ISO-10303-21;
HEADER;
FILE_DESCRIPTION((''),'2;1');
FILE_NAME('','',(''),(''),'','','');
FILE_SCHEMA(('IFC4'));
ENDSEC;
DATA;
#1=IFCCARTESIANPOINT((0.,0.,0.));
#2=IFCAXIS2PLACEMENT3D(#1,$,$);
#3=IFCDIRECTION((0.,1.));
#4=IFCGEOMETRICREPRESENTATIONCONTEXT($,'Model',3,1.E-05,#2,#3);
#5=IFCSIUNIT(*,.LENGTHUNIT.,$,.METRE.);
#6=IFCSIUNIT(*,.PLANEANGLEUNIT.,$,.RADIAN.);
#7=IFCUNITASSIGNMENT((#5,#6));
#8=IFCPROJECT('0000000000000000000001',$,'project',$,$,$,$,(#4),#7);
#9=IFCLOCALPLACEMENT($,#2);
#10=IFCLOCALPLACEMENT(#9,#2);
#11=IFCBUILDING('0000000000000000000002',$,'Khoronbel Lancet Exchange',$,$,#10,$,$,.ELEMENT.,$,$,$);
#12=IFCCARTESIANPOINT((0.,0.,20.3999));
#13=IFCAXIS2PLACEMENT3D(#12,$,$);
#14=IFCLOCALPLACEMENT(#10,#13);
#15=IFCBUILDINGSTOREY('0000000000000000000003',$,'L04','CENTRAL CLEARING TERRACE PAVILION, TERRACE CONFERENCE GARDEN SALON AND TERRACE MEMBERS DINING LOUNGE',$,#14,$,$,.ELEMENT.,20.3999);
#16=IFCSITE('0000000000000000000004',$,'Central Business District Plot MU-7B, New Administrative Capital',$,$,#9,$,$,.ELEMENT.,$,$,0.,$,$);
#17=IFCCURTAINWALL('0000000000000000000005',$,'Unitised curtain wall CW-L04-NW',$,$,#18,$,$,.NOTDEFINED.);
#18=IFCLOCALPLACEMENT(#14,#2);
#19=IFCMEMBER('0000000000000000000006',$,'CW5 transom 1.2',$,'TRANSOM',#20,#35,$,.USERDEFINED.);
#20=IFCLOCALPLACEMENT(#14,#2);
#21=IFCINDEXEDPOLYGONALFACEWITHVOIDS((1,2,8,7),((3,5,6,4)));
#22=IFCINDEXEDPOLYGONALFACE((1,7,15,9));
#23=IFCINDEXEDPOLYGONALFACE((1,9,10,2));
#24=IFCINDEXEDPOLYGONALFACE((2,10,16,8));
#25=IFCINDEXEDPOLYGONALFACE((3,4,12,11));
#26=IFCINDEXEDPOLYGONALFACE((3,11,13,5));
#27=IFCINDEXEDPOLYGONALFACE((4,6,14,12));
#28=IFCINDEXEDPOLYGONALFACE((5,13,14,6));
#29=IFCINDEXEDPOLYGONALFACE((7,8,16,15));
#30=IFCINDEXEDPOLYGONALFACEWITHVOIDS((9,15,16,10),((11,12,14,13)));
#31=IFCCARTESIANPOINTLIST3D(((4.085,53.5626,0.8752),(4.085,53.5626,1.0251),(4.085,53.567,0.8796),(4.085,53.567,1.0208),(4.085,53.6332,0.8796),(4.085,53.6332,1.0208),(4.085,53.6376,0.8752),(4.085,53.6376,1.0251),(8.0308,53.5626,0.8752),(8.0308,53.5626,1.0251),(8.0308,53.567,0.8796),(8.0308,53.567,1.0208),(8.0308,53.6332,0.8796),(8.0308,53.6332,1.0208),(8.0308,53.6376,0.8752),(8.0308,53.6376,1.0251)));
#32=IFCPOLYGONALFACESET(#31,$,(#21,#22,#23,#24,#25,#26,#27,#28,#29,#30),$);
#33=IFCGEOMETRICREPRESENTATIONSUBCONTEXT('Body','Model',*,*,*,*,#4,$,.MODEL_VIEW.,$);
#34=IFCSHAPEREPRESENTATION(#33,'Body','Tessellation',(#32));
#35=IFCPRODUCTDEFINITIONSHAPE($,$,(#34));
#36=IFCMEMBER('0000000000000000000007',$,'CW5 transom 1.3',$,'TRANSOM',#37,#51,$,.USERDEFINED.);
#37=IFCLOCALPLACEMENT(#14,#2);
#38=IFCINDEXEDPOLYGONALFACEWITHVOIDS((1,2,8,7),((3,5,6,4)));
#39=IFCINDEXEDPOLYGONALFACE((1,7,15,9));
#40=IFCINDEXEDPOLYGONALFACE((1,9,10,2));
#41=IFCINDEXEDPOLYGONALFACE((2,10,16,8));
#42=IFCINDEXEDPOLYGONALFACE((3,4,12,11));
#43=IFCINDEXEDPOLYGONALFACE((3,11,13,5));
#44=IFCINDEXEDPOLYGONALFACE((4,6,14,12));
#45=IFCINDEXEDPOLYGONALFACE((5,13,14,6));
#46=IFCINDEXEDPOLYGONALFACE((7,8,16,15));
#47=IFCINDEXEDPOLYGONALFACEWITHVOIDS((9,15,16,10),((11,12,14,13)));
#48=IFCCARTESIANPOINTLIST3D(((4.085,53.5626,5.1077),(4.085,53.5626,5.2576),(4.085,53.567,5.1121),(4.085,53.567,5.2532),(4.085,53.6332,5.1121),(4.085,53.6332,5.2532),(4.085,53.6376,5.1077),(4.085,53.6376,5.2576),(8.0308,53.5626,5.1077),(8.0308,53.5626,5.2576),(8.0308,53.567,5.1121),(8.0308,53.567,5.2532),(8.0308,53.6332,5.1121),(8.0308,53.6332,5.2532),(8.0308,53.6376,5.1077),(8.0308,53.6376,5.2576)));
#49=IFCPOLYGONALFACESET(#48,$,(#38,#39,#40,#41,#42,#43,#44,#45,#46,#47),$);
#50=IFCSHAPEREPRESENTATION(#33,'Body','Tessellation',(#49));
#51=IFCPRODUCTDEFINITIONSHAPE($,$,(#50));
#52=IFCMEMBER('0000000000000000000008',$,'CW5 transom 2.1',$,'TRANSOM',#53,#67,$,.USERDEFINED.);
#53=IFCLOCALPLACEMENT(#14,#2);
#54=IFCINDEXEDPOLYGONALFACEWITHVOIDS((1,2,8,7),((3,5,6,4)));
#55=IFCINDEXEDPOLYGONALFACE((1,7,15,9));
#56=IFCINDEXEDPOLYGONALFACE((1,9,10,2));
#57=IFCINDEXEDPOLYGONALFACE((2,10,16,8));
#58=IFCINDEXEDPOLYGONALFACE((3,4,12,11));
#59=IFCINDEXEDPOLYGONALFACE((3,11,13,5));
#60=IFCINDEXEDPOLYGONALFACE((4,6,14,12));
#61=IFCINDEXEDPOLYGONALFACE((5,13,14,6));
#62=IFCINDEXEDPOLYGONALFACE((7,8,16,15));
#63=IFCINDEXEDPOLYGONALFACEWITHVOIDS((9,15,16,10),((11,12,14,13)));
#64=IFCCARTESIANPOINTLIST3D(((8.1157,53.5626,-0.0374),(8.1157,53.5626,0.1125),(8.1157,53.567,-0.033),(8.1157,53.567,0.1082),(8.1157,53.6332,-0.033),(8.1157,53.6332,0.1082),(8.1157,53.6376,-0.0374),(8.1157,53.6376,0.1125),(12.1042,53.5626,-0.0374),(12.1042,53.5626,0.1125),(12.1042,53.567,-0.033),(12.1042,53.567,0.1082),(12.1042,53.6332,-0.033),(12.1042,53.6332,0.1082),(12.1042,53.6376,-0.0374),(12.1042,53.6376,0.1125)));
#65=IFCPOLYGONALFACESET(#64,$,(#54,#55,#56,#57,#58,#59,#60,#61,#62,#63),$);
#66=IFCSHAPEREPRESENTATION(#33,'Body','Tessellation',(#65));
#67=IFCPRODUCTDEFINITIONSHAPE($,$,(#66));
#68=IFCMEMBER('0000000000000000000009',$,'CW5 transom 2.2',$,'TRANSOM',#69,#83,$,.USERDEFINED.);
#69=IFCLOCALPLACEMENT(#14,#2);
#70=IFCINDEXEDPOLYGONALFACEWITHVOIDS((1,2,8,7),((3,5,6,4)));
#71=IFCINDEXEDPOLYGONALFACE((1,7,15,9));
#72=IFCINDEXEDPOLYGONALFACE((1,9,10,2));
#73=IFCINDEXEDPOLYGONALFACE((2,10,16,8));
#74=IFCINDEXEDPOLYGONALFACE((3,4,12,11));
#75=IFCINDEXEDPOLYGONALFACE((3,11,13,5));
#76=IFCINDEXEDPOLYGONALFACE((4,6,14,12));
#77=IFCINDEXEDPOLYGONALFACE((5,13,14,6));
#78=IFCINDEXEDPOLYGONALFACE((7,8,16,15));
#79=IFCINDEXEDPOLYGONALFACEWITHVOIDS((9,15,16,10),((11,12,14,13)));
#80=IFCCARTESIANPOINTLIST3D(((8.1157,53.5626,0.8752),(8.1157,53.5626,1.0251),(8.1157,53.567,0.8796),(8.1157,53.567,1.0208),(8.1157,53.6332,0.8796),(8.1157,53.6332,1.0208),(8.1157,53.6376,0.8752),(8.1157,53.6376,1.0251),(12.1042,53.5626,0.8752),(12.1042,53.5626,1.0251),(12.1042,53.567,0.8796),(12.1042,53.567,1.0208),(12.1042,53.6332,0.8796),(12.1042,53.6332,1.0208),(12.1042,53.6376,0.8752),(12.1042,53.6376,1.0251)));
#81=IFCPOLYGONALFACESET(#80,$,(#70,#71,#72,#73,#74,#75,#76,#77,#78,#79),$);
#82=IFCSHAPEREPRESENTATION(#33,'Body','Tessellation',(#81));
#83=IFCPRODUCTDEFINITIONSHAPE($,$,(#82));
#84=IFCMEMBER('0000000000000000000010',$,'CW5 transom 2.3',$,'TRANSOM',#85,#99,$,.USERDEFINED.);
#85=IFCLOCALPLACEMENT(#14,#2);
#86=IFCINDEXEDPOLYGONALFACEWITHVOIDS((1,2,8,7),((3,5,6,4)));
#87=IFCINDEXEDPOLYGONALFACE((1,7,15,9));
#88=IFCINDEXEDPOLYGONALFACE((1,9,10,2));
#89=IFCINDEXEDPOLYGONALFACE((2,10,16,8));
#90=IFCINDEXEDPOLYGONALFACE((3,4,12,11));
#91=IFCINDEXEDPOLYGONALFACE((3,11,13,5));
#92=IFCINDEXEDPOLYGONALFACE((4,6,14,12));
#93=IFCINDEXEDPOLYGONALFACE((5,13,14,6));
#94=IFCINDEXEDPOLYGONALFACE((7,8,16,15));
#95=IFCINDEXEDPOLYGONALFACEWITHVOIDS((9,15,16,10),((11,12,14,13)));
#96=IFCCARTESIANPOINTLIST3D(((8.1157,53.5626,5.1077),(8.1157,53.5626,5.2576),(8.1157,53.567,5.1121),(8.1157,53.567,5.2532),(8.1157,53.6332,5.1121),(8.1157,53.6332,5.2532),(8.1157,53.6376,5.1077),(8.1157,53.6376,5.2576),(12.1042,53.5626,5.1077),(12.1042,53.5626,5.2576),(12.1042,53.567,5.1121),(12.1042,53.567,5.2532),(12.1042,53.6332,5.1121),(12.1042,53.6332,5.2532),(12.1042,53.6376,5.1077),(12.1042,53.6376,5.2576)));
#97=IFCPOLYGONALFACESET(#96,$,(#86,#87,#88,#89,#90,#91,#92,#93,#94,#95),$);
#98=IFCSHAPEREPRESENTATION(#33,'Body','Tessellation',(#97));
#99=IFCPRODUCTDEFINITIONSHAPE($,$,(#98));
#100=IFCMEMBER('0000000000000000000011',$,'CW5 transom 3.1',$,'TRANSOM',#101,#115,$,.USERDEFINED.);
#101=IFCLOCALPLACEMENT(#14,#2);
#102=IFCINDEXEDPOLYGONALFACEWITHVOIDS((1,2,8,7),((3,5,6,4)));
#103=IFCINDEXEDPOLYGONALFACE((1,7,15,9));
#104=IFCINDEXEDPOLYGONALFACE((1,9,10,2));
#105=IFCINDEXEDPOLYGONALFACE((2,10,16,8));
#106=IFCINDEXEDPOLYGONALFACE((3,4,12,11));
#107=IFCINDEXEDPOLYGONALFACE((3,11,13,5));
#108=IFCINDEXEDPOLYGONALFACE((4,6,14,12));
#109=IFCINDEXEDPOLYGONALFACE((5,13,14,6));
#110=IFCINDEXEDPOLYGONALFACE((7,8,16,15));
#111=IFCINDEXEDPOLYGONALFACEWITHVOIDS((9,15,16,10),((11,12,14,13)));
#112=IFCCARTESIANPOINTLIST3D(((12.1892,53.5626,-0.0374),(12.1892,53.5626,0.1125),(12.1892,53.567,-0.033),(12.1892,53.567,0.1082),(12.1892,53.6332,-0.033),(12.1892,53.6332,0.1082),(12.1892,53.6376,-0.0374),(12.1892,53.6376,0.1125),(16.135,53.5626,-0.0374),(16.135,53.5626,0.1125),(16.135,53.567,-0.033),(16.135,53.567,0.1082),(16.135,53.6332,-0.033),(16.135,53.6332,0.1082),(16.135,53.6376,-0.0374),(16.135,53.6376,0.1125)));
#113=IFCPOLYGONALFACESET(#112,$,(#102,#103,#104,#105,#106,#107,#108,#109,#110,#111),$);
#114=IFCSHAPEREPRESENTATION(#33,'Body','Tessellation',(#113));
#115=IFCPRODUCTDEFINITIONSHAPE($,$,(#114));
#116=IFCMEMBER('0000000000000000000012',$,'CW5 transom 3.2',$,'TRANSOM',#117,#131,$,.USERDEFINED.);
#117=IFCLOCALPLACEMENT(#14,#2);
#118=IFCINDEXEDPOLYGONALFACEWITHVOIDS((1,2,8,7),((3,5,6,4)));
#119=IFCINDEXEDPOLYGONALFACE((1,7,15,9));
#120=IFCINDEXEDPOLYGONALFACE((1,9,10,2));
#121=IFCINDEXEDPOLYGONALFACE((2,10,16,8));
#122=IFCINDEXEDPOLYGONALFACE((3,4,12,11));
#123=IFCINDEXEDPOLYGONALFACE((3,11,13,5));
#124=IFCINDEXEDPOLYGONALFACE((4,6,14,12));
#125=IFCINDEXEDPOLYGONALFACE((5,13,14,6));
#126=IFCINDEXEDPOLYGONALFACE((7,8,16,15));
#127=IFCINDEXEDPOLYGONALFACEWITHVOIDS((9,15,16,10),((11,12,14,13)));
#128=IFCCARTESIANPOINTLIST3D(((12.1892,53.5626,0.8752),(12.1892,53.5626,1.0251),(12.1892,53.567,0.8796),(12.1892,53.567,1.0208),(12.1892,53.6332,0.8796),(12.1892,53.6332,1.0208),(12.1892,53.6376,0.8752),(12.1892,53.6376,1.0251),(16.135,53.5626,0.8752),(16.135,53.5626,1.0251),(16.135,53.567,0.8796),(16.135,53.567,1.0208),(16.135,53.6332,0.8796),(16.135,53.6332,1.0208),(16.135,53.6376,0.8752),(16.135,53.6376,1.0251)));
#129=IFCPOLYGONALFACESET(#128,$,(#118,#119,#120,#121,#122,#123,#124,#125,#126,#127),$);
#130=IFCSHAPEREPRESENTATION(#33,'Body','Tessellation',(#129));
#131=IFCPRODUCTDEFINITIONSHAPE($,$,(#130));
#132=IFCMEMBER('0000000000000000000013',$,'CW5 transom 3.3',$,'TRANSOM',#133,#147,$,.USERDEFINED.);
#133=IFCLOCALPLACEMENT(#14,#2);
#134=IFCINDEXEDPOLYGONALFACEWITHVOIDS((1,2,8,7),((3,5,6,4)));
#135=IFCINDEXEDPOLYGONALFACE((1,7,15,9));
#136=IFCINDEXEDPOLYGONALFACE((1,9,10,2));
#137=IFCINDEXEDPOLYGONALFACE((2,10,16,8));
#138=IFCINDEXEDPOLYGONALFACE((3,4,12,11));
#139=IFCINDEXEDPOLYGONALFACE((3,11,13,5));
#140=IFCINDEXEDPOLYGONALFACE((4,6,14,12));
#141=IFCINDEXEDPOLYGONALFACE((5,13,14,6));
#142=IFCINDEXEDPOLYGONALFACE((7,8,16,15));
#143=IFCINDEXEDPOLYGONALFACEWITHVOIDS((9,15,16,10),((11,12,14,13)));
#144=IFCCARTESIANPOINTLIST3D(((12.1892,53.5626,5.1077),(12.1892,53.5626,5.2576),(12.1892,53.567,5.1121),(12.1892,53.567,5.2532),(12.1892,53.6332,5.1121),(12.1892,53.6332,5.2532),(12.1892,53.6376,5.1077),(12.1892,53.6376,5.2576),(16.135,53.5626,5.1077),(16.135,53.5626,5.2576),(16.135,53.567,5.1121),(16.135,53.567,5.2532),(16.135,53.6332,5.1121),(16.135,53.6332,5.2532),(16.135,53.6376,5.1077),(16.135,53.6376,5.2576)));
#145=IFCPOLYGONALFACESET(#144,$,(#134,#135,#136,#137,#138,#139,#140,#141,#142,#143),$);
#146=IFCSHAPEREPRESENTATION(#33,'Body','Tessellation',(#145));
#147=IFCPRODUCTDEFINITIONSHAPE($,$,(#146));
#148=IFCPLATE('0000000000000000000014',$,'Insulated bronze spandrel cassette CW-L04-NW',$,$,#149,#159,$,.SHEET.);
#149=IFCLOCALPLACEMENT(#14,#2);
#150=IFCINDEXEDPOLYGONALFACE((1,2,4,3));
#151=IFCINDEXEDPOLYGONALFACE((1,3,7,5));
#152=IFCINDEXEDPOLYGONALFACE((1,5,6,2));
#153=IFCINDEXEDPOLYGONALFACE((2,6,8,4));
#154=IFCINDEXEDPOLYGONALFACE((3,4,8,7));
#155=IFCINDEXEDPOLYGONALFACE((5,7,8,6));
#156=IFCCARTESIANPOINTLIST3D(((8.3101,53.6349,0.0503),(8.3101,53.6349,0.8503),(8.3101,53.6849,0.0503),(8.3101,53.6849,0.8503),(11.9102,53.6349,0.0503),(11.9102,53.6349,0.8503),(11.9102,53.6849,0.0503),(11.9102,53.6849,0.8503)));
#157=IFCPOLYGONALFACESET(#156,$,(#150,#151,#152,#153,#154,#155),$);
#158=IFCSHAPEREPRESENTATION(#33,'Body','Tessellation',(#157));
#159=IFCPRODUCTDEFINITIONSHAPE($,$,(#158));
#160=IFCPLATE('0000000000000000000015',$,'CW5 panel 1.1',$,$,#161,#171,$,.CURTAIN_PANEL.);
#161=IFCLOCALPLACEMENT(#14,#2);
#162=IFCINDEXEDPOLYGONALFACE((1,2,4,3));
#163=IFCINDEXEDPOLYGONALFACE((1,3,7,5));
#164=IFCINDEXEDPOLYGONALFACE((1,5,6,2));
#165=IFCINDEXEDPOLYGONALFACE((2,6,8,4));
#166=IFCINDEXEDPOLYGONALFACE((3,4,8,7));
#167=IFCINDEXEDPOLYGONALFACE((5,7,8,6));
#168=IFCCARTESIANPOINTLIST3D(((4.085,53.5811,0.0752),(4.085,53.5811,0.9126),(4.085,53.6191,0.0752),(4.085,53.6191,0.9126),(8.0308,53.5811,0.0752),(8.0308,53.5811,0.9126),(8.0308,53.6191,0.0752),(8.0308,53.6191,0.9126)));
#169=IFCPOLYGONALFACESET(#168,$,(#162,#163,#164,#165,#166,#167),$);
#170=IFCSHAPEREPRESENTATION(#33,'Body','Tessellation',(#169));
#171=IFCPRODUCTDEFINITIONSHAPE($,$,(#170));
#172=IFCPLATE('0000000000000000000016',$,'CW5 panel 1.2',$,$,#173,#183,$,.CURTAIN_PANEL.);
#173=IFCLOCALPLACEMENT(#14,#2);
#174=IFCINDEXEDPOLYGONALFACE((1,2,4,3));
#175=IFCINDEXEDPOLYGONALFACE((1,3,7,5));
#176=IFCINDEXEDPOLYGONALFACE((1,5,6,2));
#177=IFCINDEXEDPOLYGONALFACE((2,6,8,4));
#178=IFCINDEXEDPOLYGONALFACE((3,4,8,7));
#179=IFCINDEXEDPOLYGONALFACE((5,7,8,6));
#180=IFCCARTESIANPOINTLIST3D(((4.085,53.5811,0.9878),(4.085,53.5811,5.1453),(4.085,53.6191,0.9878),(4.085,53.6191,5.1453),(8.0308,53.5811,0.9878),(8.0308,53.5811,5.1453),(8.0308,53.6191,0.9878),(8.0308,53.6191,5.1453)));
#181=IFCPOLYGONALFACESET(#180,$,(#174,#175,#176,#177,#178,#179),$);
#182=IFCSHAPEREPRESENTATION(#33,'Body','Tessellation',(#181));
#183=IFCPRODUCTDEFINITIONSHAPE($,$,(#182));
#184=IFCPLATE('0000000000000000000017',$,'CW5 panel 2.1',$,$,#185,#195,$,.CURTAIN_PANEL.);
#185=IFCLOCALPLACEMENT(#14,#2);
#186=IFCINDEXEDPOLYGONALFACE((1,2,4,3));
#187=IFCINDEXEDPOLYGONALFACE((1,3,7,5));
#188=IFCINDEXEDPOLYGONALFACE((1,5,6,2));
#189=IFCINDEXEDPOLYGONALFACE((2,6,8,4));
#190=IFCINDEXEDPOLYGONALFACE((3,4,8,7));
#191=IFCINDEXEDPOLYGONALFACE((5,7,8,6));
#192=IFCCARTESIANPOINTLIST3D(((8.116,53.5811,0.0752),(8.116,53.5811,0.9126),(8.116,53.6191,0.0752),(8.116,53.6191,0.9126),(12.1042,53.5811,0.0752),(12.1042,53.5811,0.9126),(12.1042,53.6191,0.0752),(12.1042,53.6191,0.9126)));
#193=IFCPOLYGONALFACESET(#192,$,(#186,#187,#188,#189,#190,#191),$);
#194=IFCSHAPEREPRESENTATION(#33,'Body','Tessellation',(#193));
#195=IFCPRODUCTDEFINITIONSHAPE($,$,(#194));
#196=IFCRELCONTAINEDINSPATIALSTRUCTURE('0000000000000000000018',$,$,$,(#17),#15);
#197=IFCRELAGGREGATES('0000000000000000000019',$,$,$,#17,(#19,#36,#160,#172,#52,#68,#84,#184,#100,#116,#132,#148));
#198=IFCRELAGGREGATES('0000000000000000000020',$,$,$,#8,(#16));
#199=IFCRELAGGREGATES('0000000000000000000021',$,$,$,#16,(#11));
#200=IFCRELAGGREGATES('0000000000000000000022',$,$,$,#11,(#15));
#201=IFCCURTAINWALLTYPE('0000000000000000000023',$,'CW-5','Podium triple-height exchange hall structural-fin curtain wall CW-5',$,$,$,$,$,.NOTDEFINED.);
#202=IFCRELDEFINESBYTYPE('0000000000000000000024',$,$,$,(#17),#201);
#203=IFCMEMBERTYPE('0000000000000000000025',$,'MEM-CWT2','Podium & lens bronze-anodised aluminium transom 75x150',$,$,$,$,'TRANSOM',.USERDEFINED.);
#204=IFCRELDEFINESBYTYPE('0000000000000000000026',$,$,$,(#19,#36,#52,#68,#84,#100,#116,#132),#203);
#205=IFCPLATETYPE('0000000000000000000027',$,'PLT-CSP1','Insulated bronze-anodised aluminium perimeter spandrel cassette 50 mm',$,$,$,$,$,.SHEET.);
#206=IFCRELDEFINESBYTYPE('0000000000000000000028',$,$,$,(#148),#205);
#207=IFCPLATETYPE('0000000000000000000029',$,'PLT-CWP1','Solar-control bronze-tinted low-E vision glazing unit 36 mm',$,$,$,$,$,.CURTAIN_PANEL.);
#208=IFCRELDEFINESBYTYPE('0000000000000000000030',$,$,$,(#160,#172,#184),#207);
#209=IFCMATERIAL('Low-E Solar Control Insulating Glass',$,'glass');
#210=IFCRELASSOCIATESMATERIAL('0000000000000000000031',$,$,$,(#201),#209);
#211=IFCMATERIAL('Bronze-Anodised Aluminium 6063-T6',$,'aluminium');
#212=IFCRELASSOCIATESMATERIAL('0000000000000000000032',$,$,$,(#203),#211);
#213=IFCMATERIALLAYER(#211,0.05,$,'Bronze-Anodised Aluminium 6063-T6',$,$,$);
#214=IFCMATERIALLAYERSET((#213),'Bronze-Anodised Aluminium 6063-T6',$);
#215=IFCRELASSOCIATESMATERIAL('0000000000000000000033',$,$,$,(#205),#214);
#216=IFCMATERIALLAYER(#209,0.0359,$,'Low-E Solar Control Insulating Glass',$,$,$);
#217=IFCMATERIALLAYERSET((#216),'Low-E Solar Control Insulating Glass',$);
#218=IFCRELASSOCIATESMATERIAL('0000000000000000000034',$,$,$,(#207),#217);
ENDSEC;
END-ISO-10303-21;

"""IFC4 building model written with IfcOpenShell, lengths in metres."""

from ifc_helpers import new_model, si_unit, direction, frame, origin, origin_2d, place, context, subcontext, project, spatial, rectangle, hollow_rectangle, extrude, material, layer, layer_set, material_profile, profile_set, type_object, element, aggregate, save


model = new_model("IFC4")

# Units and contexts
model_context = context("Model", 3, precision=1e-05, world=origin(), true_north=direction((0.0, 1.0)))
body_context = subcontext(model_context, "Body", "Model", "MODEL_VIEW")
ifc_project = project(units=[si_unit("LENGTHUNIT", "METRE"), si_unit("PLANEANGLEUNIT", "RADIAN")], contexts=[model_context])

# Site, building, storey
site_placement = place(None, origin())
site = spatial("IfcSite", under=ifc_project, at=site_placement, Name="Central Business District Plot MU-7B, New Administrative Capital", CompositionType="ELEMENT", RefElevation=0.0)
building_placement = place(site_placement, origin())
building = spatial("IfcBuilding", under=site, at=building_placement, Name="Khoronbel Lancet Exchange", CompositionType="ELEMENT")
storey_placement = place(building_placement, frame((0.0, 0.0, 20.3999)))
storey = spatial("IfcBuildingStorey", under=building, at=storey_placement, Name="L04", Description="CENTRAL CLEARING TERRACE PAVILION, TERRACE CONFERENCE GARDEN SALON AND TERRACE MEMBERS DINING LOUNGE", CompositionType="ELEMENT", Elevation=20.3999)

# Curtain wall, members, plates
ifc_material_1 = material(Name="Low-E Solar Control Insulating Glass", Category="glass")
curtain_wall_type = type_object("IfcCurtainWallType", Name="CW-5", Description="Podium triple-height exchange hall structural-fin curtain wall CW-5", PredefinedType="NOTDEFINED", material=ifc_material_1)
curtain_wall_placement = place(storey_placement, origin())
curtain_wall = element("IfcCurtainWall", 1, at=curtain_wall_placement, inside=storey, type_object=curtain_wall_type, Name="Unitised curtain wall CW-L04-NW", PredefinedType="NOTDEFINED")
ifc_material_2 = material(Name="Bronze-Anodised Aluminium 6063-T6", Category="aluminium")
ifc_material_profile_1 = material_profile(ifc_material_2, hollow_rectangle(XDim=0.075, YDim=0.1499, WallThickness=0.0044, at=origin_2d()), Name="ALU TRANSOM 75x150")
ifc_profile_set_1 = profile_set([ifc_material_profile_1], Name="Bronze-Anodised Aluminium 6063-T6")
member_type_1 = type_object("IfcMemberType", Name="MEM-CWT2", Description="Podium & lens bronze-anodised aluminium transom 75x150", ElementType="TRANSOM", PredefinedType="USERDEFINED", material=ifc_profile_set_1)
member_1_placement = place(storey_placement, frame((4.085, 53.6001, 0.9502), z_axis=(1.0, 0.0, 0.0), x_axis=(0.0, 1.0, 0.0)))
member_1 = element("IfcMember", 2, at=member_1_placement, type_object=member_type_1, Name="CW5 transom 1.2", ObjectType="TRANSOM", PredefinedType="USERDEFINED", context=body_context, shape_type="SweptSolid", body=[
    extrude(hollow_rectangle(XDim=0.075, YDim=0.1499, WallThickness=0.0044, at=origin_2d()), origin(), (0.0, 0.0, 1.0), 3.9458),
])
member_2_placement = place(storey_placement, frame((4.085, 53.6001, 5.1826), z_axis=(1.0, 0.0, 0.0), x_axis=(0.0, 1.0, 0.0)))
member_2 = element("IfcMember", 3, at=member_2_placement, type_object=member_type_1, Name="CW5 transom 1.3", ObjectType="TRANSOM", PredefinedType="USERDEFINED", context=body_context, shape_type="SweptSolid", body=[
    extrude(hollow_rectangle(XDim=0.075, YDim=0.1499, WallThickness=0.0044, at=origin_2d()), origin(), (0.0, 0.0, 1.0), 3.9458),
])
member_3_placement = place(storey_placement, frame((8.1157, 53.6001, 0.0376), z_axis=(1.0, 0.0, 0.0), x_axis=(0.0, 1.0, 0.0)))
member_3 = element("IfcMember", 4, at=member_3_placement, type_object=member_type_1, Name="CW5 transom 2.1", ObjectType="TRANSOM", PredefinedType="USERDEFINED", context=body_context, shape_type="SweptSolid", body=[
    extrude(hollow_rectangle(XDim=0.075, YDim=0.1499, WallThickness=0.0044, at=origin_2d()), origin(), (0.0, 0.0, 1.0), 3.9885),
])
member_4_placement = place(storey_placement, frame((8.1157, 53.6001, 0.9502), z_axis=(1.0, 0.0, 0.0), x_axis=(0.0, 1.0, 0.0)))
member_4 = element("IfcMember", 5, at=member_4_placement, type_object=member_type_1, Name="CW5 transom 2.2", ObjectType="TRANSOM", PredefinedType="USERDEFINED", context=body_context, shape_type="SweptSolid", body=[
    extrude(hollow_rectangle(XDim=0.075, YDim=0.1499, WallThickness=0.0044, at=origin_2d()), origin(), (0.0, 0.0, 1.0), 3.9885),
])
member_5_placement = place(storey_placement, frame((8.1157, 53.6001, 5.1826), z_axis=(1.0, 0.0, 0.0), x_axis=(0.0, 1.0, 0.0)))
member_5 = element("IfcMember", 6, at=member_5_placement, type_object=member_type_1, Name="CW5 transom 2.3", ObjectType="TRANSOM", PredefinedType="USERDEFINED", context=body_context, shape_type="SweptSolid", body=[
    extrude(hollow_rectangle(XDim=0.075, YDim=0.1499, WallThickness=0.0044, at=origin_2d()), origin(), (0.0, 0.0, 1.0), 3.9885),
])
member_6_placement = place(storey_placement, frame((12.1892, 53.6001, 0.0376), z_axis=(1.0, 0.0, 0.0), x_axis=(0.0, 1.0, 0.0)))
member_6 = element("IfcMember", 7, at=member_6_placement, type_object=member_type_1, Name="CW5 transom 3.1", ObjectType="TRANSOM", PredefinedType="USERDEFINED", context=body_context, shape_type="SweptSolid", body=[
    extrude(hollow_rectangle(XDim=0.075, YDim=0.1499, WallThickness=0.0044, at=origin_2d()), origin(), (0.0, 0.0, 1.0), 3.9458),
])
member_7_placement = place(storey_placement, frame((12.1892, 53.6001, 0.9502), z_axis=(1.0, 0.0, 0.0), x_axis=(0.0, 1.0, 0.0)))
member_7 = element("IfcMember", 8, at=member_7_placement, type_object=member_type_1, Name="CW5 transom 3.2", ObjectType="TRANSOM", PredefinedType="USERDEFINED", context=body_context, shape_type="SweptSolid", body=[
    extrude(hollow_rectangle(XDim=0.075, YDim=0.1499, WallThickness=0.0044, at=origin_2d()), origin(), (0.0, 0.0, 1.0), 3.9458),
])
member_8_placement = place(storey_placement, frame((12.1892, 53.6001, 5.1826), z_axis=(1.0, 0.0, 0.0), x_axis=(0.0, 1.0, 0.0)))
member_8 = element("IfcMember", 9, at=member_8_placement, type_object=member_type_1, Name="CW5 transom 3.3", ObjectType="TRANSOM", PredefinedType="USERDEFINED", context=body_context, shape_type="SweptSolid", body=[
    extrude(hollow_rectangle(XDim=0.075, YDim=0.1499, WallThickness=0.0044, at=origin_2d()), origin(), (0.0, 0.0, 1.0), 3.9458),
])
ifc_layer_1 = layer(ifc_material_2, 0.05, Name="Bronze-Anodised Aluminium 6063-T6")
ifc_layer_set_1 = layer_set([ifc_layer_1], Name="Bronze-Anodised Aluminium 6063-T6")
plate_type_1 = type_object("IfcPlateType", Name="PLT-CSP1", Description="Insulated bronze-anodised aluminium perimeter spandrel cassette 50 mm", PredefinedType="SHEET", material=ifc_layer_set_1)
plate_1_placement = place(storey_placement, frame((10.1101, 53.6599, 0.0503), z_axis=(0.0, 0.0, 1.0), x_axis=(1.0, 0.0, 0.0)))
plate_1 = element("IfcPlate", 10, at=plate_1_placement, type_object=plate_type_1, Name="Insulated bronze spandrel cassette CW-L04-NW", PredefinedType="SHEET", context=body_context, shape_type="SweptSolid", body=[
    extrude(rectangle(XDim=3.6001, YDim=0.05, at=origin_2d()), origin(), (0.0, 0.0, 1.0), 0.8),
])
ifc_layer_2 = layer(ifc_material_1, 0.0359, Name="Low-E Solar Control Insulating Glass")
ifc_layer_set_2 = layer_set([ifc_layer_2], Name="Low-E Solar Control Insulating Glass")
plate_type_2 = type_object("IfcPlateType", Name="PLT-CWP1", Description="Solar-control bronze-tinted low-E vision glazing unit 36 mm", PredefinedType="CURTAIN_PANEL", material=ifc_layer_set_2)
plate_2_placement = place(storey_placement, frame((6.0579, 53.6001, 0.0752), z_axis=(0.0, 0.0, 1.0), x_axis=(1.0, 0.0, 0.0)))
plate_2 = element("IfcPlate", 11, at=plate_2_placement, type_object=plate_type_2, Name="CW5 panel 1.1", PredefinedType="CURTAIN_PANEL", context=body_context, shape_type="SweptSolid", body=[
    extrude(rectangle(XDim=3.9458, YDim=0.0381, at=origin_2d()), origin(), (0.0, 0.0, 1.0), 0.8374),
])
plate_3_placement = place(storey_placement, frame((6.0579, 53.6001, 0.9878), z_axis=(0.0, 0.0, 1.0), x_axis=(1.0, 0.0, 0.0)))
plate_3 = element("IfcPlate", 12, at=plate_3_placement, type_object=plate_type_2, Name="CW5 panel 1.2", PredefinedType="CURTAIN_PANEL", context=body_context, shape_type="SweptSolid", body=[
    extrude(rectangle(XDim=3.9458, YDim=0.0381, at=origin_2d()), origin(), (0.0, 0.0, 1.0), 4.1575),
])
plate_4_placement = place(storey_placement, frame((10.1101, 53.6001, 0.0752), z_axis=(0.0, 0.0, 1.0), x_axis=(1.0, 0.0, 0.0)))
plate_4 = element("IfcPlate", 13, at=plate_4_placement, type_object=plate_type_2, Name="CW5 panel 2.1", PredefinedType="CURTAIN_PANEL", context=body_context, shape_type="SweptSolid", body=[
    extrude(rectangle(XDim=3.9883, YDim=0.0381, at=origin_2d()), origin(), (0.0, 0.0, 1.0), 0.8374),
])
aggregate(curtain_wall, [member_1, member_2, plate_2, plate_3, member_3, member_4, member_5, plate_4, member_6, member_7, member_8, plate_1])

save(model, "model.ifc")
